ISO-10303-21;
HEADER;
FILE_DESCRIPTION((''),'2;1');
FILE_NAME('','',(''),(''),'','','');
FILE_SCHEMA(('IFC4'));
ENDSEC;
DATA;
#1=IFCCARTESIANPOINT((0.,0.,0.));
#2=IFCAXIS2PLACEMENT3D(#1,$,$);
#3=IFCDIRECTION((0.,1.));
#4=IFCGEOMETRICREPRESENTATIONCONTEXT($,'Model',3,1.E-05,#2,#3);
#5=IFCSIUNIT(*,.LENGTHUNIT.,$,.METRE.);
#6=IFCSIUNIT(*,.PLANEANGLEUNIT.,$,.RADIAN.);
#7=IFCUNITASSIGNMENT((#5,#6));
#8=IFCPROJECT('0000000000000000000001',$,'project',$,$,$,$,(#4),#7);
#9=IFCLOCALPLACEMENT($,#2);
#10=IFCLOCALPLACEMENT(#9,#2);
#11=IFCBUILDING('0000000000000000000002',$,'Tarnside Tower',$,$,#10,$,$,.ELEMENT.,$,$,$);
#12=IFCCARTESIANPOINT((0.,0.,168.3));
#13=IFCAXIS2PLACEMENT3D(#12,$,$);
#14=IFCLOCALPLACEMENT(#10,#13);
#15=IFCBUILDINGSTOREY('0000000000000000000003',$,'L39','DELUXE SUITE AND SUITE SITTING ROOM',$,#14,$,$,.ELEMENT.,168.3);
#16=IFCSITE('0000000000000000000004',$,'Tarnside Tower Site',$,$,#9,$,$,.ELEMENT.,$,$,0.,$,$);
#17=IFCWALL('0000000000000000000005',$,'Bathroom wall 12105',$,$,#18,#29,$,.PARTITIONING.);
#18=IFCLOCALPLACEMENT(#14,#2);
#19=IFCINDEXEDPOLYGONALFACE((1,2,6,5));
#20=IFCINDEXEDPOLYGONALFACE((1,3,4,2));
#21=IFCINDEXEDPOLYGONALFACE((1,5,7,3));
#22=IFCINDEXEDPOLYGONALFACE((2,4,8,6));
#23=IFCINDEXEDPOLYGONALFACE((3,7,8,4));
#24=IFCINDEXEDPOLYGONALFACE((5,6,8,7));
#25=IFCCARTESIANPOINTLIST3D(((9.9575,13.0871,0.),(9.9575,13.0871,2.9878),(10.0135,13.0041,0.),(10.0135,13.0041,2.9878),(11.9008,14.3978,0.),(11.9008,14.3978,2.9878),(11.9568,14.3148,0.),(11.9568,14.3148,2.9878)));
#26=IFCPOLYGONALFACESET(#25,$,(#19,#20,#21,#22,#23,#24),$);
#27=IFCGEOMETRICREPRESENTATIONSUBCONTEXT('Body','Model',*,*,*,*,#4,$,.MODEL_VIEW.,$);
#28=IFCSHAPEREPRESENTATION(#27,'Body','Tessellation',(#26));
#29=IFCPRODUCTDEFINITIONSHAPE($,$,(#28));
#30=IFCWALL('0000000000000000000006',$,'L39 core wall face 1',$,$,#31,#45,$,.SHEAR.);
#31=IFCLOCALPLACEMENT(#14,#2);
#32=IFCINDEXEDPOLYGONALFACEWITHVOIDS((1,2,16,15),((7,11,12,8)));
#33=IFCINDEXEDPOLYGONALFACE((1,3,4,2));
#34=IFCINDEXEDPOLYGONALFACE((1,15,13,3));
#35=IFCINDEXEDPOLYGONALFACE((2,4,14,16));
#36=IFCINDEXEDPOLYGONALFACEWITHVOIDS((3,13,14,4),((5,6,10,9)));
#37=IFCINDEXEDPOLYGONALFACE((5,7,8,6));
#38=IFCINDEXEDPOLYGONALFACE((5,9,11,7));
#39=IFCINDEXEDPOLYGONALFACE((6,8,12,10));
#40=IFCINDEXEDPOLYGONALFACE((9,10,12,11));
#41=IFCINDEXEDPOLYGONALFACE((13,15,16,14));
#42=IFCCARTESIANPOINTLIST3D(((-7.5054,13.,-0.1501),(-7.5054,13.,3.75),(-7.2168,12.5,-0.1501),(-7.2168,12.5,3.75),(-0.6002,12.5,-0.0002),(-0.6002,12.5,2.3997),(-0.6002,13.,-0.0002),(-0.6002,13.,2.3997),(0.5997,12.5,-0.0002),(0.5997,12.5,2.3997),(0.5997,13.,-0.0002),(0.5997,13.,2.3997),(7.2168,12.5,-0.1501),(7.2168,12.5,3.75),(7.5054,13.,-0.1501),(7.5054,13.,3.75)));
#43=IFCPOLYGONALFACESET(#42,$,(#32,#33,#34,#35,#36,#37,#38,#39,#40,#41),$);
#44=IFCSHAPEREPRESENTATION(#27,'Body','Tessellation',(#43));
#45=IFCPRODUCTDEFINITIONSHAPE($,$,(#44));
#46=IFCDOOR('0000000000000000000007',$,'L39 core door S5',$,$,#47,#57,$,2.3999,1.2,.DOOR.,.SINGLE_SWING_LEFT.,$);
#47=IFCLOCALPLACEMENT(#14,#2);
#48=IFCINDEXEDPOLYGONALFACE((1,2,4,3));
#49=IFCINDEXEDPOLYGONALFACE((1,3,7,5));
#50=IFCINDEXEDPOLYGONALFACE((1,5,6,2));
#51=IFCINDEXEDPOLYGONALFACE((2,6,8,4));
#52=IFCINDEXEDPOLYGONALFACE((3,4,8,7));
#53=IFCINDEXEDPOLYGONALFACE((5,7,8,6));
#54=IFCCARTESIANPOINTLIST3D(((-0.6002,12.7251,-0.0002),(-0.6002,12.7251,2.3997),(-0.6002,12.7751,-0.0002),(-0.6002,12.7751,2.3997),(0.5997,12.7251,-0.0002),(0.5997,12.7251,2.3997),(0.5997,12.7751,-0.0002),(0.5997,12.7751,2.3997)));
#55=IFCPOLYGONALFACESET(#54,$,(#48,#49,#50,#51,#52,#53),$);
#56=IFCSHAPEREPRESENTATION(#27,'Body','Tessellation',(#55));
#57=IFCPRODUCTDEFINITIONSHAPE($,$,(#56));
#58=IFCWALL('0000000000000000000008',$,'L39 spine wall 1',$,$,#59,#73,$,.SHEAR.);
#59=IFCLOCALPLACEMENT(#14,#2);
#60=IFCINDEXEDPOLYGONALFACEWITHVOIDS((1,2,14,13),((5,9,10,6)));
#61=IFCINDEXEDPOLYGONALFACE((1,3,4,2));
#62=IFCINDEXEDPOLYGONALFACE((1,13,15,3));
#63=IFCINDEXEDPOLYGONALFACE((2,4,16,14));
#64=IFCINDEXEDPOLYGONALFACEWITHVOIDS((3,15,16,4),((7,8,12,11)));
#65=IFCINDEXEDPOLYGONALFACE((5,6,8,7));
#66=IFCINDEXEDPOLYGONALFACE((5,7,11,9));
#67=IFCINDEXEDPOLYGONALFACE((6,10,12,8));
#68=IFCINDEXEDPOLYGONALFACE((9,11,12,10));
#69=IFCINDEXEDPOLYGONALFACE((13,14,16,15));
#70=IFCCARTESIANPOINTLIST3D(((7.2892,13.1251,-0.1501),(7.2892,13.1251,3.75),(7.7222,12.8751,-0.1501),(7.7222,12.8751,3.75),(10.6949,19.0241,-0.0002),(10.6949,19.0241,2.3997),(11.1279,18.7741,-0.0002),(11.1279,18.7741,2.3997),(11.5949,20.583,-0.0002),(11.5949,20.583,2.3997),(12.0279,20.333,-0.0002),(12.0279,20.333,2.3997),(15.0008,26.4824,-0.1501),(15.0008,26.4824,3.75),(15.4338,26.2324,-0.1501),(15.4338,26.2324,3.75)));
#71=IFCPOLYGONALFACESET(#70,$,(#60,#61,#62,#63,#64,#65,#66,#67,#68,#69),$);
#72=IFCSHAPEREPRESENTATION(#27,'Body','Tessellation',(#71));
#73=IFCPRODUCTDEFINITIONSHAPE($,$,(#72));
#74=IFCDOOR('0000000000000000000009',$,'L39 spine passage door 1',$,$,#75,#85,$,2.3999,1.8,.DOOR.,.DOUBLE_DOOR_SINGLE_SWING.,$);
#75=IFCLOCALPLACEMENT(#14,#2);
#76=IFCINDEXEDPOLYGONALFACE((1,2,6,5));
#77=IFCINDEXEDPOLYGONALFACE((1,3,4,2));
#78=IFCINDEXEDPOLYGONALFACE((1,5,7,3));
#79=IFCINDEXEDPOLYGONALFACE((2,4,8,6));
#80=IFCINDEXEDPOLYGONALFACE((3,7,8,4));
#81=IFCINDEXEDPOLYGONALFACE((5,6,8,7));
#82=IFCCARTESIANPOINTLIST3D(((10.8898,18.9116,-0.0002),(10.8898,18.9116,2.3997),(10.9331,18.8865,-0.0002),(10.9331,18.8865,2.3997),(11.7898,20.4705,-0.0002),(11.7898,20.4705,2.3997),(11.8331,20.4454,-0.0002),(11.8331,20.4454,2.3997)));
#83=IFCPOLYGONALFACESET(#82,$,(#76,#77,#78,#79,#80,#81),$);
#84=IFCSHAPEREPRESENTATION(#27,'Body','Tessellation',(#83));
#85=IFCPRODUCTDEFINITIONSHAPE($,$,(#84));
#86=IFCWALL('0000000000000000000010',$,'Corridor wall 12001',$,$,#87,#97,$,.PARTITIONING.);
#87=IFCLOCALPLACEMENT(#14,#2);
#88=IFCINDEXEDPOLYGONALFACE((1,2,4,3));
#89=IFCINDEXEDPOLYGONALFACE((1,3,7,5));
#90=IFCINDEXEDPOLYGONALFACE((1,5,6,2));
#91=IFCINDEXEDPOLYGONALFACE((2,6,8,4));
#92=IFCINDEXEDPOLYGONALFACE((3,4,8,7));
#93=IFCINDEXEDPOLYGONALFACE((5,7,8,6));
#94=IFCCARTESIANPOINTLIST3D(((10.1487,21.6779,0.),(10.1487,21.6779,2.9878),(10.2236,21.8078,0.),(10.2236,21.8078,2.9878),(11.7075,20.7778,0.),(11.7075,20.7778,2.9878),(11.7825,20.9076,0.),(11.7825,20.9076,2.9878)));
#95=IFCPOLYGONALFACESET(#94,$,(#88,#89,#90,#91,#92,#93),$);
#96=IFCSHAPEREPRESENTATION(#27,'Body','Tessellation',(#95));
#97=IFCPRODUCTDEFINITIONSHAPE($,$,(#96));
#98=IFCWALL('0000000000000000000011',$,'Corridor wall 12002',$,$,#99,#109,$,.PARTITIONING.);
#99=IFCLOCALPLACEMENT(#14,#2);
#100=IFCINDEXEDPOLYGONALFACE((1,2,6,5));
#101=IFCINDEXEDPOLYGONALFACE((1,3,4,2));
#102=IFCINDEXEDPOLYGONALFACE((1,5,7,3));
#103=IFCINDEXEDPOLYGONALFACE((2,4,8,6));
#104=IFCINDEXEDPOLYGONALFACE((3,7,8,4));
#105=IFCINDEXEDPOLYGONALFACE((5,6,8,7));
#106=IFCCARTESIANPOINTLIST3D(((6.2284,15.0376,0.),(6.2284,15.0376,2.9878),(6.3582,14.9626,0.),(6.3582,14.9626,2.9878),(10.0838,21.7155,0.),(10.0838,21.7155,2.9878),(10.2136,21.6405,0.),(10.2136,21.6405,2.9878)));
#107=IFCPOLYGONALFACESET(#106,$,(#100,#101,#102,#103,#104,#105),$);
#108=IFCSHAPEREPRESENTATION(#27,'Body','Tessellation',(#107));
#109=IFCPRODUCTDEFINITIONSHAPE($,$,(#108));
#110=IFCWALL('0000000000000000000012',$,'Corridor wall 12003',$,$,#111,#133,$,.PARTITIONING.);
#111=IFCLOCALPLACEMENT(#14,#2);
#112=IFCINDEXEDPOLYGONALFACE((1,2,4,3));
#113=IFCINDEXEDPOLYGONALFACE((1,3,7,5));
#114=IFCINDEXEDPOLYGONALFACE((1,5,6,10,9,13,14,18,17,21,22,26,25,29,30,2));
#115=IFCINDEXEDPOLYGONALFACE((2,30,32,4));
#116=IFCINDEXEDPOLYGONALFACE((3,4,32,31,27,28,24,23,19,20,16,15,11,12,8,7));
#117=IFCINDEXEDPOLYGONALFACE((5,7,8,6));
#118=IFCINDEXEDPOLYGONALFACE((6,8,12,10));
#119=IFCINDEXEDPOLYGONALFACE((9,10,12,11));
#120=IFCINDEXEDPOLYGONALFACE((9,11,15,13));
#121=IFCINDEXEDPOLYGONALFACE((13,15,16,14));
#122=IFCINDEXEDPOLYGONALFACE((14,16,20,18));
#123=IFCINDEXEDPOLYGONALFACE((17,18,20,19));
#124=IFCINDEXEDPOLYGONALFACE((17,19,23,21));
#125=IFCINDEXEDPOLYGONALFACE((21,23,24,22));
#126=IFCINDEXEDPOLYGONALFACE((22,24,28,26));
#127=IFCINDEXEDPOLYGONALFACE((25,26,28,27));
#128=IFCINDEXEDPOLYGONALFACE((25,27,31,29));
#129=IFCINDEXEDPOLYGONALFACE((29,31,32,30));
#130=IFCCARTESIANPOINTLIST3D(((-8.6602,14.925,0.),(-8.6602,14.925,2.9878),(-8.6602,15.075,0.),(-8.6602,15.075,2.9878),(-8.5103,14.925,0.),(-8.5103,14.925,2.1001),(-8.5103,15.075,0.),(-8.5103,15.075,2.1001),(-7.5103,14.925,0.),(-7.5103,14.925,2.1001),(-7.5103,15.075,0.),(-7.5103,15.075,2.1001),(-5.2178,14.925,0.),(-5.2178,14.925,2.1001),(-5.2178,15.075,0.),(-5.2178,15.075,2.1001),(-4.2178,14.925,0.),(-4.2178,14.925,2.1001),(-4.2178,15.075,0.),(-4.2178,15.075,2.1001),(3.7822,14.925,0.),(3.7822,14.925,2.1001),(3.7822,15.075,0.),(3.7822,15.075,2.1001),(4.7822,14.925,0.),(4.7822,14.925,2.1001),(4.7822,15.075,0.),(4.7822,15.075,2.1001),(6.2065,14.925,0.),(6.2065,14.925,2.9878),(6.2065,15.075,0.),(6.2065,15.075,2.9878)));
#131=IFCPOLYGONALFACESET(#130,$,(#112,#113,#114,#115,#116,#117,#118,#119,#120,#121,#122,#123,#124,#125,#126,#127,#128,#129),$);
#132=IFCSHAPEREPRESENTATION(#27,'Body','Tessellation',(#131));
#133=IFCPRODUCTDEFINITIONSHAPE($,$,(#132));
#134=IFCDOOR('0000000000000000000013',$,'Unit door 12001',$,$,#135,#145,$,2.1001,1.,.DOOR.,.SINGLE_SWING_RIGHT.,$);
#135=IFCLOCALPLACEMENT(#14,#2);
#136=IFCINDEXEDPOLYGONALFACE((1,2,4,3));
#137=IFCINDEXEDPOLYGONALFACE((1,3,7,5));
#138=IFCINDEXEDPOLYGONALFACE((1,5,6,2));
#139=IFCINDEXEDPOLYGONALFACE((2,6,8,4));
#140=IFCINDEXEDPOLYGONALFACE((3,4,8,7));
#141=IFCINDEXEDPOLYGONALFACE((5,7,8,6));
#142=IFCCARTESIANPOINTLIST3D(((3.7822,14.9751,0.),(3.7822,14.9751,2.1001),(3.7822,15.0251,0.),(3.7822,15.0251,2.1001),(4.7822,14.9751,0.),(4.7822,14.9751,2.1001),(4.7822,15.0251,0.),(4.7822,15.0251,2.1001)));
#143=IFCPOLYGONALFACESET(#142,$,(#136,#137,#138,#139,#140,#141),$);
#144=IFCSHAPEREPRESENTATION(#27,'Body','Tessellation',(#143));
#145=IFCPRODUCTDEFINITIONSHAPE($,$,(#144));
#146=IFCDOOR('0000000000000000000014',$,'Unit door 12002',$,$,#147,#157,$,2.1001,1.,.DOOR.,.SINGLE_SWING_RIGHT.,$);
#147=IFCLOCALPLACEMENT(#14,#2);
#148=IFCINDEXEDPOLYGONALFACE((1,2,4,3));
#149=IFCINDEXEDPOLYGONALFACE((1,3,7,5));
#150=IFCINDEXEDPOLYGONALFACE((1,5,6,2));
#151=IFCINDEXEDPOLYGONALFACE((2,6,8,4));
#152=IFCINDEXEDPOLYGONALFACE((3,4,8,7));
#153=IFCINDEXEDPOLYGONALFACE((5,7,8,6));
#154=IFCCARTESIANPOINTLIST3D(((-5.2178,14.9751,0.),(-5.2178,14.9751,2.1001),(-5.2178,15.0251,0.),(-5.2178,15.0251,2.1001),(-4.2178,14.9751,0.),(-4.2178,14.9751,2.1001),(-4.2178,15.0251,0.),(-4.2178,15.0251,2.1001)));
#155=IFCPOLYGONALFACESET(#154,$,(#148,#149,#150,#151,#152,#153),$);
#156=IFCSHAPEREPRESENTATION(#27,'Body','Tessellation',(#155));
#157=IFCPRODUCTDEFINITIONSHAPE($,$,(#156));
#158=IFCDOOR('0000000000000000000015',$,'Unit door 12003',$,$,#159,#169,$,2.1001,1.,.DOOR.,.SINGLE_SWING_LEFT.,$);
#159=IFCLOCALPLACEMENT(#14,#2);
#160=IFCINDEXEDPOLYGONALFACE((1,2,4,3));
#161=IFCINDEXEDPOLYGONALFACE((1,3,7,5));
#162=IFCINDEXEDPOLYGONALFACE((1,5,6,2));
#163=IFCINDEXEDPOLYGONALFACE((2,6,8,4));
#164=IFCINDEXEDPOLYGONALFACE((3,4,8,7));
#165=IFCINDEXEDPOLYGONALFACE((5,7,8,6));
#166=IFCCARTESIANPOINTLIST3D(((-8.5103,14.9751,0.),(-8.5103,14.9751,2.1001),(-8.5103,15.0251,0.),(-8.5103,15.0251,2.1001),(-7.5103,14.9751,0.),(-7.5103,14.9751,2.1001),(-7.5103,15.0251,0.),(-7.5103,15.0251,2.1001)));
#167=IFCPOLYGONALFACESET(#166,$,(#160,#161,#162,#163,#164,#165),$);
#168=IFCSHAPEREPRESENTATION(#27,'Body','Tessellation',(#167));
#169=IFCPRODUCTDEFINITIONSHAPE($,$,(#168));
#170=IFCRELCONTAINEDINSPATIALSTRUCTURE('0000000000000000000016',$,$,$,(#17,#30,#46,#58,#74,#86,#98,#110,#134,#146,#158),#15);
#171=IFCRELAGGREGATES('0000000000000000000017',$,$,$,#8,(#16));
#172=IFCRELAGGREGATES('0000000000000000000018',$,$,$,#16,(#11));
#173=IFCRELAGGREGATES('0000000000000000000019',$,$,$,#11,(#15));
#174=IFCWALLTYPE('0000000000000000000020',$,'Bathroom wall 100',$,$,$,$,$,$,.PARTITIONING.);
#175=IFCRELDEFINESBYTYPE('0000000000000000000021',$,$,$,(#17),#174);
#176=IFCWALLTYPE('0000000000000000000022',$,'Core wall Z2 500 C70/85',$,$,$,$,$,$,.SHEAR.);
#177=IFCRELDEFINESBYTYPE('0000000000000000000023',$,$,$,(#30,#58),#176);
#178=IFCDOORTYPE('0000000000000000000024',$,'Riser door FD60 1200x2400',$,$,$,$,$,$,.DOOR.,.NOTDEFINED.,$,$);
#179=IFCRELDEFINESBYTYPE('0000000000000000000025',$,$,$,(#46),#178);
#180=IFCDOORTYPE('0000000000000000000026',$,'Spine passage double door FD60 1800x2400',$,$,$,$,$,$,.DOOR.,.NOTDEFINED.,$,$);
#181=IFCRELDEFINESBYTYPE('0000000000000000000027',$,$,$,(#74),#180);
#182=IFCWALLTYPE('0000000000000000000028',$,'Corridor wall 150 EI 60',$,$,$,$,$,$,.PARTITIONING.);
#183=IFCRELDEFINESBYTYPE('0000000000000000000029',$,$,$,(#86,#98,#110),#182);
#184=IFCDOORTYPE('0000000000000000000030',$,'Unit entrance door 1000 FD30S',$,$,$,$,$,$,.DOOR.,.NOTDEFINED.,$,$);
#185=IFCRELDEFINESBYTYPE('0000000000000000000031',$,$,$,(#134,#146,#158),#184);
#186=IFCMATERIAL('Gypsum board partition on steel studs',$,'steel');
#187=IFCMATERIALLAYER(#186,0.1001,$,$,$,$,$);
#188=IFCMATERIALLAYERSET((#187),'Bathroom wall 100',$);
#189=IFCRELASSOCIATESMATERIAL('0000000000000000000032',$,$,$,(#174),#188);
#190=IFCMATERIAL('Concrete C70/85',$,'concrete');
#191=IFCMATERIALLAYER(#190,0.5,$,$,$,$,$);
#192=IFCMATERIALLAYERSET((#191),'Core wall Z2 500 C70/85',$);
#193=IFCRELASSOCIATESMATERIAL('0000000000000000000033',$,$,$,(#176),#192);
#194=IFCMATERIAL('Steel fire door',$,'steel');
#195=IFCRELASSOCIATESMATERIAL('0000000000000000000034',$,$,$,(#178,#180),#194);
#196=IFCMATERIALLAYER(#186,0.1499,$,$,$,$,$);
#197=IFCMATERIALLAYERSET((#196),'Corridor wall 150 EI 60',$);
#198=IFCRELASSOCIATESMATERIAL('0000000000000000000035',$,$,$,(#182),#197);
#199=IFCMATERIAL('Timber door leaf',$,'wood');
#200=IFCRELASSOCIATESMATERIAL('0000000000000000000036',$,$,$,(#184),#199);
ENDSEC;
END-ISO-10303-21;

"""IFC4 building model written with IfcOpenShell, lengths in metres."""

from ifc_helpers import new_model, si_unit, direction, frame, frame_2d, origin, place, context, subcontext, project, spatial, polyline, rectangle, outline, extrude, material, layer, layer_set, type_object, element, fill, save


model = new_model("IFC4")

# Units and contexts
model_context = context("Model", 3, precision=1e-05, world=origin(), true_north=direction((0.0, 1.0)))
body_context = subcontext(model_context, "Body", "Model", "MODEL_VIEW")
ifc_project = project(units=[si_unit("LENGTHUNIT", "METRE"), si_unit("PLANEANGLEUNIT", "RADIAN")], contexts=[model_context])

# Site, building, storey
site_placement = place(None, origin())
site = spatial("IfcSite", under=ifc_project, at=site_placement, Name="Tarnside Tower Site", CompositionType="ELEMENT", RefElevation=0.0)
building_placement = place(site_placement, origin())
building = spatial("IfcBuilding", under=site, at=building_placement, Name="Tarnside Tower", CompositionType="ELEMENT")
storey_placement = place(building_placement, frame((0.0, 0.0, 168.3)))
storey = spatial("IfcBuildingStorey", under=building, at=storey_placement, Name="L39", Description="DELUXE SUITE AND SUITE SITTING ROOM", CompositionType="ELEMENT", Elevation=168.3)

# Wall
ifc_material_1 = material(Name="Gypsum board partition on steel studs", Category="steel")
ifc_layer_1 = layer(ifc_material_1, 0.1001)
ifc_layer_set_1 = layer_set([ifc_layer_1], Name="Bathroom wall 100")
wall_type_1 = type_object("IfcWallType", Name="Bathroom wall 100", PredefinedType="PARTITIONING", material=ifc_layer_set_1)
wall_1_placement = place(storey_placement, frame((9.9856, 13.0457, 0.0), z_axis=(0.0, 0.0, 1.0), x_axis=(0.829042, 0.559187, 0.0)))
element("IfcWall", 1, at=wall_1_placement, inside=storey, type_object=wall_type_1, Name="Bathroom wall 12105", PredefinedType="PARTITIONING", context=body_context, shape_type="SweptSolid", body=[
    extrude(rectangle(XDim=2.344, YDim=0.1001, at=frame_2d((1.1719, 0.0))), origin(), (0.0, 0.0, 1.0), 2.9878),
])

# Walls, openings, doors
ifc_material_2 = material(Name="Concrete C70/85", Category="concrete")
ifc_layer_2 = layer(ifc_material_2, 0.5)
ifc_layer_set_2 = layer_set([ifc_layer_2], Name="Core wall Z2 500 C70/85")
wall_type_2 = type_object("IfcWallType", Name="Core wall Z2 500 C70/85", PredefinedType="SHEAR", material=ifc_layer_set_2)
wall_2_placement = place(storey_placement, frame((7.3611, 12.75, -0.1501), z_axis=(0.0, 0.0, 1.0), x_axis=(-1.0, 0.0, 0.0)))
wall_2 = element("IfcWall", 2, at=wall_2_placement, inside=storey, type_object=wall_type_2, Name="L39 core wall face 1", PredefinedType="SHEAR", context=body_context, shape_type="SweptSolid", body=[
    extrude(outline(polyline([(-0.1443, -0.25), (14.8665, -0.25), (14.5779, 0.25), (0.1443, 0.25), (-0.1443, -0.25)])), origin(), (0.0, 0.0, 1.0), 3.9001),
])
opening_1_placement = place(wall_2_placement, frame((6.7612, 0.0, 0.1499)))
opening_1 = element("IfcOpeningElement", 3, at=opening_1_placement, cuts=wall_2, PredefinedType="OPENING", context=body_context, shape_type="SweptSolid", body=[
    extrude(rectangle(XDim=1.2, YDim=2.3999, at=frame_2d((0.6001, 1.2))), frame((0.0, 0.26, 0.0), z_axis=(0.0, -1.0, 0.0), x_axis=(1.0, 0.0, 0.0)), (0.0, 0.0, 1.0), 0.52),
])
ifc_material_3 = material(Name="Steel fire door", Category="steel")
door_type_1 = type_object("IfcDoorType", Name="Riser door FD60 1200x2400", OperationType="NOTDEFINED", PredefinedType="DOOR", material=ifc_material_3)
door_1_placement = place(opening_1_placement, origin())
door_1 = element("IfcDoor", 4, at=door_1_placement, inside=storey, type_object=door_type_1, Name="L39 core door S5", OperationType="SINGLE_SWING_LEFT", OverallHeight=2.3999, OverallWidth=1.2, PredefinedType="DOOR", context=body_context, shape_type="SweptSolid", body=[
    extrude(rectangle(XDim=1.2, YDim=2.3999, at=frame_2d((0.6001, 1.2))), frame((0.0, 0.0249, 0.0), z_axis=(0.0, -1.0, 0.0), x_axis=(1.0, 0.0, 0.0)), (0.0, 0.0, 1.0), 0.05),
])
fill(opening_1, door_1)
wall_3_placement = place(storey_placement, frame((7.5056, 13.0, -0.1501), z_axis=(0.0, 0.0, 1.0), x_axis=(0.499988, 0.866032, 0.0)))
wall_3 = element("IfcWall", 5, at=wall_3_placement, inside=storey, type_object=wall_type_2, Name="L39 spine wall 1", PredefinedType="SHEAR", context=body_context, shape_type="SweptSolid", body=[
    extrude(rectangle(XDim=15.4236, YDim=0.5, at=frame_2d((7.7119, 0.0))), origin(), (0.0, 0.0, 1.0), 3.9001),
])
opening_2_placement = place(wall_3_placement, frame((6.8118, 0.0, 0.1499)))
opening_2 = element("IfcOpeningElement", 6, at=opening_2_placement, cuts=wall_3, PredefinedType="OPENING", context=body_context, shape_type="SweptSolid", body=[
    extrude(rectangle(XDim=1.8, YDim=2.3999, at=frame_2d((0.8999, 1.2))), frame((0.0, 0.26, 0.0), z_axis=(0.0, -1.0, 0.0), x_axis=(1.0, 0.0, 0.0)), (0.0, 0.0, 1.0), 0.52),
])
door_type_2 = type_object("IfcDoorType", Name="Spine passage double door FD60 1800x2400", OperationType="NOTDEFINED", PredefinedType="DOOR", material=ifc_material_3)
door_2_placement = place(opening_2_placement, origin())
door_2 = element("IfcDoor", 7, at=door_2_placement, inside=storey, type_object=door_type_2, Name="L39 spine passage door 1", OperationType="DOUBLE_DOOR_SINGLE_SWING", OverallHeight=2.3999, OverallWidth=1.8, PredefinedType="DOOR", context=body_context, shape_type="SweptSolid", body=[
    extrude(rectangle(XDim=1.8, YDim=2.3999, at=frame_2d((0.8999, 1.2))), frame((0.0, 0.0249, 0.0), z_axis=(0.0, -1.0, 0.0), x_axis=(1.0, 0.0, 0.0)), (0.0, 0.0, 1.0), 0.05),
])
fill(opening_2, door_2)

# Walls
ifc_layer_3 = layer(ifc_material_1, 0.1499)
ifc_layer_set_3 = layer_set([ifc_layer_3], Name="Corridor wall 150 EI 60")
wall_type_3 = type_object("IfcWallType", Name="Corridor wall 150 EI 60", PredefinedType="PARTITIONING", material=ifc_layer_set_3)
wall_4_placement = place(storey_placement, frame((11.7449, 20.8428, 0.0), z_axis=(0.0, 0.0, 1.0), x_axis=(-0.865989, 0.500063, 0.0)))
element("IfcWall", 8, at=wall_4_placement, inside=storey, type_object=wall_type_3, Name="Corridor wall 12001", PredefinedType="PARTITIONING", context=body_context, shape_type="SweptSolid", body=[
    extrude(rectangle(XDim=1.8, YDim=0.1499, at=frame_2d((0.8999, 0.0))), origin(), (0.0, 0.0, 1.0), 2.9878),
])
wall_5_placement = place(storey_placement, frame((10.1487, 21.678, 0.0), z_axis=(0.0, 0.0, 1.0), x_axis=(-0.499994, -0.866029, 0.0)))
element("IfcWall", 9, at=wall_5_placement, inside=storey, type_object=wall_type_3, Name="Corridor wall 12002", PredefinedType="PARTITIONING", context=body_context, shape_type="SweptSolid", body=[
    extrude(rectangle(XDim=7.7109, YDim=0.1499, at=frame_2d((3.8555, 0.0))), origin(), (0.0, 0.0, 1.0), 2.9878),
])

# Wall, openings, doors
wall_6_placement = place(storey_placement, frame((6.2065, 15.0, 0.0), z_axis=(0.0, 0.0, 1.0), x_axis=(-1.0, 0.0, 0.0)))
wall_6 = element("IfcWall", 10, at=wall_6_placement, inside=storey, type_object=wall_type_3, Name="Corridor wall 12003", PredefinedType="PARTITIONING", context=body_context, shape_type="SweptSolid", body=[
    extrude(rectangle(XDim=14.8667, YDim=0.1499, at=frame_2d((7.4333, 0.0))), origin(), (0.0, 0.0, 1.0), 2.9878),
])
opening_3_placement = place(wall_6_placement, frame((1.4243, 0.0, 0.0)))
opening_3 = element("IfcOpeningElement", 11, at=opening_3_placement, cuts=wall_6, PredefinedType="OPENING", context=body_context, shape_type="SweptSolid", body=[
    extrude(rectangle(XDim=1.0, YDim=2.1001, at=frame_2d((0.5, 1.05))), frame((0.0, 0.085, 0.0), z_axis=(0.0, -1.0, 0.0), x_axis=(1.0, 0.0, 0.0)), (0.0, 0.0, 1.0), 0.1699),
])
opening_4_placement = place(wall_6_placement, frame((10.4243, 0.0, 0.0)))
opening_4 = element("IfcOpeningElement", 12, at=opening_4_placement, cuts=wall_6, PredefinedType="OPENING", context=body_context, shape_type="SweptSolid", body=[
    extrude(rectangle(XDim=1.0, YDim=2.1001, at=frame_2d((0.5, 1.05))), frame((0.0, 0.085, 0.0), z_axis=(0.0, -1.0, 0.0), x_axis=(1.0, 0.0, 0.0)), (0.0, 0.0, 1.0), 0.1699),
])
opening_5_placement = place(wall_6_placement, frame((13.7168, 0.0, 0.0)))
opening_5 = element("IfcOpeningElement", 13, at=opening_5_placement, cuts=wall_6, PredefinedType="OPENING", context=body_context, shape_type="SweptSolid", body=[
    extrude(rectangle(XDim=1.0, YDim=2.1001, at=frame_2d((0.5, 1.05))), frame((0.0, 0.085, 0.0), z_axis=(0.0, -1.0, 0.0), x_axis=(1.0, 0.0, 0.0)), (0.0, 0.0, 1.0), 0.1699),
])
ifc_material_4 = material(Name="Timber door leaf", Category="wood")
door_type_3 = type_object("IfcDoorType", Name="Unit entrance door 1000 FD30S", OperationType="NOTDEFINED", PredefinedType="DOOR", material=ifc_material_4)
door_3_placement = place(opening_3_placement, origin())
door_3 = element("IfcDoor", 14, at=door_3_placement, inside=storey, type_object=door_type_3, Name="Unit door 12001", OperationType="SINGLE_SWING_RIGHT", OverallHeight=2.1001, OverallWidth=1.0, PredefinedType="DOOR", context=body_context, shape_type="SweptSolid", body=[
    extrude(rectangle(XDim=1.0, YDim=2.1001, at=frame_2d((0.5, 1.05))), frame((0.0, 0.0249, 0.0), z_axis=(0.0, -1.0, 0.0), x_axis=(1.0, 0.0, 0.0)), (0.0, 0.0, 1.0), 0.05),
])
fill(opening_3, door_3)
door_4_placement = place(opening_4_placement, origin())
door_4 = element("IfcDoor", 15, at=door_4_placement, inside=storey, type_object=door_type_3, Name="Unit door 12002", OperationType="SINGLE_SWING_RIGHT", OverallHeight=2.1001, OverallWidth=1.0, PredefinedType="DOOR", context=body_context, shape_type="SweptSolid", body=[
    extrude(rectangle(XDim=1.0, YDim=2.1001, at=frame_2d((0.5, 1.05))), frame((0.0, 0.0249, 0.0), z_axis=(0.0, -1.0, 0.0), x_axis=(1.0, 0.0, 0.0)), (0.0, 0.0, 1.0), 0.05),
])
fill(opening_4, door_4)
door_5_placement = place(opening_5_placement, origin())
door_5 = element("IfcDoor", 16, at=door_5_placement, inside=storey, type_object=door_type_3, Name="Unit door 12003", OperationType="SINGLE_SWING_LEFT", OverallHeight=2.1001, OverallWidth=1.0, PredefinedType="DOOR", context=body_context, shape_type="SweptSolid", body=[
    extrude(rectangle(XDim=1.0, YDim=2.1001, at=frame_2d((0.5, 1.05))), frame((0.0, 0.0249, 0.0), z_axis=(0.0, -1.0, 0.0), x_axis=(1.0, 0.0, 0.0)), (0.0, 0.0, 1.0), 0.05),
])
fill(opening_5, door_5)

save(model, "model.ifc")
